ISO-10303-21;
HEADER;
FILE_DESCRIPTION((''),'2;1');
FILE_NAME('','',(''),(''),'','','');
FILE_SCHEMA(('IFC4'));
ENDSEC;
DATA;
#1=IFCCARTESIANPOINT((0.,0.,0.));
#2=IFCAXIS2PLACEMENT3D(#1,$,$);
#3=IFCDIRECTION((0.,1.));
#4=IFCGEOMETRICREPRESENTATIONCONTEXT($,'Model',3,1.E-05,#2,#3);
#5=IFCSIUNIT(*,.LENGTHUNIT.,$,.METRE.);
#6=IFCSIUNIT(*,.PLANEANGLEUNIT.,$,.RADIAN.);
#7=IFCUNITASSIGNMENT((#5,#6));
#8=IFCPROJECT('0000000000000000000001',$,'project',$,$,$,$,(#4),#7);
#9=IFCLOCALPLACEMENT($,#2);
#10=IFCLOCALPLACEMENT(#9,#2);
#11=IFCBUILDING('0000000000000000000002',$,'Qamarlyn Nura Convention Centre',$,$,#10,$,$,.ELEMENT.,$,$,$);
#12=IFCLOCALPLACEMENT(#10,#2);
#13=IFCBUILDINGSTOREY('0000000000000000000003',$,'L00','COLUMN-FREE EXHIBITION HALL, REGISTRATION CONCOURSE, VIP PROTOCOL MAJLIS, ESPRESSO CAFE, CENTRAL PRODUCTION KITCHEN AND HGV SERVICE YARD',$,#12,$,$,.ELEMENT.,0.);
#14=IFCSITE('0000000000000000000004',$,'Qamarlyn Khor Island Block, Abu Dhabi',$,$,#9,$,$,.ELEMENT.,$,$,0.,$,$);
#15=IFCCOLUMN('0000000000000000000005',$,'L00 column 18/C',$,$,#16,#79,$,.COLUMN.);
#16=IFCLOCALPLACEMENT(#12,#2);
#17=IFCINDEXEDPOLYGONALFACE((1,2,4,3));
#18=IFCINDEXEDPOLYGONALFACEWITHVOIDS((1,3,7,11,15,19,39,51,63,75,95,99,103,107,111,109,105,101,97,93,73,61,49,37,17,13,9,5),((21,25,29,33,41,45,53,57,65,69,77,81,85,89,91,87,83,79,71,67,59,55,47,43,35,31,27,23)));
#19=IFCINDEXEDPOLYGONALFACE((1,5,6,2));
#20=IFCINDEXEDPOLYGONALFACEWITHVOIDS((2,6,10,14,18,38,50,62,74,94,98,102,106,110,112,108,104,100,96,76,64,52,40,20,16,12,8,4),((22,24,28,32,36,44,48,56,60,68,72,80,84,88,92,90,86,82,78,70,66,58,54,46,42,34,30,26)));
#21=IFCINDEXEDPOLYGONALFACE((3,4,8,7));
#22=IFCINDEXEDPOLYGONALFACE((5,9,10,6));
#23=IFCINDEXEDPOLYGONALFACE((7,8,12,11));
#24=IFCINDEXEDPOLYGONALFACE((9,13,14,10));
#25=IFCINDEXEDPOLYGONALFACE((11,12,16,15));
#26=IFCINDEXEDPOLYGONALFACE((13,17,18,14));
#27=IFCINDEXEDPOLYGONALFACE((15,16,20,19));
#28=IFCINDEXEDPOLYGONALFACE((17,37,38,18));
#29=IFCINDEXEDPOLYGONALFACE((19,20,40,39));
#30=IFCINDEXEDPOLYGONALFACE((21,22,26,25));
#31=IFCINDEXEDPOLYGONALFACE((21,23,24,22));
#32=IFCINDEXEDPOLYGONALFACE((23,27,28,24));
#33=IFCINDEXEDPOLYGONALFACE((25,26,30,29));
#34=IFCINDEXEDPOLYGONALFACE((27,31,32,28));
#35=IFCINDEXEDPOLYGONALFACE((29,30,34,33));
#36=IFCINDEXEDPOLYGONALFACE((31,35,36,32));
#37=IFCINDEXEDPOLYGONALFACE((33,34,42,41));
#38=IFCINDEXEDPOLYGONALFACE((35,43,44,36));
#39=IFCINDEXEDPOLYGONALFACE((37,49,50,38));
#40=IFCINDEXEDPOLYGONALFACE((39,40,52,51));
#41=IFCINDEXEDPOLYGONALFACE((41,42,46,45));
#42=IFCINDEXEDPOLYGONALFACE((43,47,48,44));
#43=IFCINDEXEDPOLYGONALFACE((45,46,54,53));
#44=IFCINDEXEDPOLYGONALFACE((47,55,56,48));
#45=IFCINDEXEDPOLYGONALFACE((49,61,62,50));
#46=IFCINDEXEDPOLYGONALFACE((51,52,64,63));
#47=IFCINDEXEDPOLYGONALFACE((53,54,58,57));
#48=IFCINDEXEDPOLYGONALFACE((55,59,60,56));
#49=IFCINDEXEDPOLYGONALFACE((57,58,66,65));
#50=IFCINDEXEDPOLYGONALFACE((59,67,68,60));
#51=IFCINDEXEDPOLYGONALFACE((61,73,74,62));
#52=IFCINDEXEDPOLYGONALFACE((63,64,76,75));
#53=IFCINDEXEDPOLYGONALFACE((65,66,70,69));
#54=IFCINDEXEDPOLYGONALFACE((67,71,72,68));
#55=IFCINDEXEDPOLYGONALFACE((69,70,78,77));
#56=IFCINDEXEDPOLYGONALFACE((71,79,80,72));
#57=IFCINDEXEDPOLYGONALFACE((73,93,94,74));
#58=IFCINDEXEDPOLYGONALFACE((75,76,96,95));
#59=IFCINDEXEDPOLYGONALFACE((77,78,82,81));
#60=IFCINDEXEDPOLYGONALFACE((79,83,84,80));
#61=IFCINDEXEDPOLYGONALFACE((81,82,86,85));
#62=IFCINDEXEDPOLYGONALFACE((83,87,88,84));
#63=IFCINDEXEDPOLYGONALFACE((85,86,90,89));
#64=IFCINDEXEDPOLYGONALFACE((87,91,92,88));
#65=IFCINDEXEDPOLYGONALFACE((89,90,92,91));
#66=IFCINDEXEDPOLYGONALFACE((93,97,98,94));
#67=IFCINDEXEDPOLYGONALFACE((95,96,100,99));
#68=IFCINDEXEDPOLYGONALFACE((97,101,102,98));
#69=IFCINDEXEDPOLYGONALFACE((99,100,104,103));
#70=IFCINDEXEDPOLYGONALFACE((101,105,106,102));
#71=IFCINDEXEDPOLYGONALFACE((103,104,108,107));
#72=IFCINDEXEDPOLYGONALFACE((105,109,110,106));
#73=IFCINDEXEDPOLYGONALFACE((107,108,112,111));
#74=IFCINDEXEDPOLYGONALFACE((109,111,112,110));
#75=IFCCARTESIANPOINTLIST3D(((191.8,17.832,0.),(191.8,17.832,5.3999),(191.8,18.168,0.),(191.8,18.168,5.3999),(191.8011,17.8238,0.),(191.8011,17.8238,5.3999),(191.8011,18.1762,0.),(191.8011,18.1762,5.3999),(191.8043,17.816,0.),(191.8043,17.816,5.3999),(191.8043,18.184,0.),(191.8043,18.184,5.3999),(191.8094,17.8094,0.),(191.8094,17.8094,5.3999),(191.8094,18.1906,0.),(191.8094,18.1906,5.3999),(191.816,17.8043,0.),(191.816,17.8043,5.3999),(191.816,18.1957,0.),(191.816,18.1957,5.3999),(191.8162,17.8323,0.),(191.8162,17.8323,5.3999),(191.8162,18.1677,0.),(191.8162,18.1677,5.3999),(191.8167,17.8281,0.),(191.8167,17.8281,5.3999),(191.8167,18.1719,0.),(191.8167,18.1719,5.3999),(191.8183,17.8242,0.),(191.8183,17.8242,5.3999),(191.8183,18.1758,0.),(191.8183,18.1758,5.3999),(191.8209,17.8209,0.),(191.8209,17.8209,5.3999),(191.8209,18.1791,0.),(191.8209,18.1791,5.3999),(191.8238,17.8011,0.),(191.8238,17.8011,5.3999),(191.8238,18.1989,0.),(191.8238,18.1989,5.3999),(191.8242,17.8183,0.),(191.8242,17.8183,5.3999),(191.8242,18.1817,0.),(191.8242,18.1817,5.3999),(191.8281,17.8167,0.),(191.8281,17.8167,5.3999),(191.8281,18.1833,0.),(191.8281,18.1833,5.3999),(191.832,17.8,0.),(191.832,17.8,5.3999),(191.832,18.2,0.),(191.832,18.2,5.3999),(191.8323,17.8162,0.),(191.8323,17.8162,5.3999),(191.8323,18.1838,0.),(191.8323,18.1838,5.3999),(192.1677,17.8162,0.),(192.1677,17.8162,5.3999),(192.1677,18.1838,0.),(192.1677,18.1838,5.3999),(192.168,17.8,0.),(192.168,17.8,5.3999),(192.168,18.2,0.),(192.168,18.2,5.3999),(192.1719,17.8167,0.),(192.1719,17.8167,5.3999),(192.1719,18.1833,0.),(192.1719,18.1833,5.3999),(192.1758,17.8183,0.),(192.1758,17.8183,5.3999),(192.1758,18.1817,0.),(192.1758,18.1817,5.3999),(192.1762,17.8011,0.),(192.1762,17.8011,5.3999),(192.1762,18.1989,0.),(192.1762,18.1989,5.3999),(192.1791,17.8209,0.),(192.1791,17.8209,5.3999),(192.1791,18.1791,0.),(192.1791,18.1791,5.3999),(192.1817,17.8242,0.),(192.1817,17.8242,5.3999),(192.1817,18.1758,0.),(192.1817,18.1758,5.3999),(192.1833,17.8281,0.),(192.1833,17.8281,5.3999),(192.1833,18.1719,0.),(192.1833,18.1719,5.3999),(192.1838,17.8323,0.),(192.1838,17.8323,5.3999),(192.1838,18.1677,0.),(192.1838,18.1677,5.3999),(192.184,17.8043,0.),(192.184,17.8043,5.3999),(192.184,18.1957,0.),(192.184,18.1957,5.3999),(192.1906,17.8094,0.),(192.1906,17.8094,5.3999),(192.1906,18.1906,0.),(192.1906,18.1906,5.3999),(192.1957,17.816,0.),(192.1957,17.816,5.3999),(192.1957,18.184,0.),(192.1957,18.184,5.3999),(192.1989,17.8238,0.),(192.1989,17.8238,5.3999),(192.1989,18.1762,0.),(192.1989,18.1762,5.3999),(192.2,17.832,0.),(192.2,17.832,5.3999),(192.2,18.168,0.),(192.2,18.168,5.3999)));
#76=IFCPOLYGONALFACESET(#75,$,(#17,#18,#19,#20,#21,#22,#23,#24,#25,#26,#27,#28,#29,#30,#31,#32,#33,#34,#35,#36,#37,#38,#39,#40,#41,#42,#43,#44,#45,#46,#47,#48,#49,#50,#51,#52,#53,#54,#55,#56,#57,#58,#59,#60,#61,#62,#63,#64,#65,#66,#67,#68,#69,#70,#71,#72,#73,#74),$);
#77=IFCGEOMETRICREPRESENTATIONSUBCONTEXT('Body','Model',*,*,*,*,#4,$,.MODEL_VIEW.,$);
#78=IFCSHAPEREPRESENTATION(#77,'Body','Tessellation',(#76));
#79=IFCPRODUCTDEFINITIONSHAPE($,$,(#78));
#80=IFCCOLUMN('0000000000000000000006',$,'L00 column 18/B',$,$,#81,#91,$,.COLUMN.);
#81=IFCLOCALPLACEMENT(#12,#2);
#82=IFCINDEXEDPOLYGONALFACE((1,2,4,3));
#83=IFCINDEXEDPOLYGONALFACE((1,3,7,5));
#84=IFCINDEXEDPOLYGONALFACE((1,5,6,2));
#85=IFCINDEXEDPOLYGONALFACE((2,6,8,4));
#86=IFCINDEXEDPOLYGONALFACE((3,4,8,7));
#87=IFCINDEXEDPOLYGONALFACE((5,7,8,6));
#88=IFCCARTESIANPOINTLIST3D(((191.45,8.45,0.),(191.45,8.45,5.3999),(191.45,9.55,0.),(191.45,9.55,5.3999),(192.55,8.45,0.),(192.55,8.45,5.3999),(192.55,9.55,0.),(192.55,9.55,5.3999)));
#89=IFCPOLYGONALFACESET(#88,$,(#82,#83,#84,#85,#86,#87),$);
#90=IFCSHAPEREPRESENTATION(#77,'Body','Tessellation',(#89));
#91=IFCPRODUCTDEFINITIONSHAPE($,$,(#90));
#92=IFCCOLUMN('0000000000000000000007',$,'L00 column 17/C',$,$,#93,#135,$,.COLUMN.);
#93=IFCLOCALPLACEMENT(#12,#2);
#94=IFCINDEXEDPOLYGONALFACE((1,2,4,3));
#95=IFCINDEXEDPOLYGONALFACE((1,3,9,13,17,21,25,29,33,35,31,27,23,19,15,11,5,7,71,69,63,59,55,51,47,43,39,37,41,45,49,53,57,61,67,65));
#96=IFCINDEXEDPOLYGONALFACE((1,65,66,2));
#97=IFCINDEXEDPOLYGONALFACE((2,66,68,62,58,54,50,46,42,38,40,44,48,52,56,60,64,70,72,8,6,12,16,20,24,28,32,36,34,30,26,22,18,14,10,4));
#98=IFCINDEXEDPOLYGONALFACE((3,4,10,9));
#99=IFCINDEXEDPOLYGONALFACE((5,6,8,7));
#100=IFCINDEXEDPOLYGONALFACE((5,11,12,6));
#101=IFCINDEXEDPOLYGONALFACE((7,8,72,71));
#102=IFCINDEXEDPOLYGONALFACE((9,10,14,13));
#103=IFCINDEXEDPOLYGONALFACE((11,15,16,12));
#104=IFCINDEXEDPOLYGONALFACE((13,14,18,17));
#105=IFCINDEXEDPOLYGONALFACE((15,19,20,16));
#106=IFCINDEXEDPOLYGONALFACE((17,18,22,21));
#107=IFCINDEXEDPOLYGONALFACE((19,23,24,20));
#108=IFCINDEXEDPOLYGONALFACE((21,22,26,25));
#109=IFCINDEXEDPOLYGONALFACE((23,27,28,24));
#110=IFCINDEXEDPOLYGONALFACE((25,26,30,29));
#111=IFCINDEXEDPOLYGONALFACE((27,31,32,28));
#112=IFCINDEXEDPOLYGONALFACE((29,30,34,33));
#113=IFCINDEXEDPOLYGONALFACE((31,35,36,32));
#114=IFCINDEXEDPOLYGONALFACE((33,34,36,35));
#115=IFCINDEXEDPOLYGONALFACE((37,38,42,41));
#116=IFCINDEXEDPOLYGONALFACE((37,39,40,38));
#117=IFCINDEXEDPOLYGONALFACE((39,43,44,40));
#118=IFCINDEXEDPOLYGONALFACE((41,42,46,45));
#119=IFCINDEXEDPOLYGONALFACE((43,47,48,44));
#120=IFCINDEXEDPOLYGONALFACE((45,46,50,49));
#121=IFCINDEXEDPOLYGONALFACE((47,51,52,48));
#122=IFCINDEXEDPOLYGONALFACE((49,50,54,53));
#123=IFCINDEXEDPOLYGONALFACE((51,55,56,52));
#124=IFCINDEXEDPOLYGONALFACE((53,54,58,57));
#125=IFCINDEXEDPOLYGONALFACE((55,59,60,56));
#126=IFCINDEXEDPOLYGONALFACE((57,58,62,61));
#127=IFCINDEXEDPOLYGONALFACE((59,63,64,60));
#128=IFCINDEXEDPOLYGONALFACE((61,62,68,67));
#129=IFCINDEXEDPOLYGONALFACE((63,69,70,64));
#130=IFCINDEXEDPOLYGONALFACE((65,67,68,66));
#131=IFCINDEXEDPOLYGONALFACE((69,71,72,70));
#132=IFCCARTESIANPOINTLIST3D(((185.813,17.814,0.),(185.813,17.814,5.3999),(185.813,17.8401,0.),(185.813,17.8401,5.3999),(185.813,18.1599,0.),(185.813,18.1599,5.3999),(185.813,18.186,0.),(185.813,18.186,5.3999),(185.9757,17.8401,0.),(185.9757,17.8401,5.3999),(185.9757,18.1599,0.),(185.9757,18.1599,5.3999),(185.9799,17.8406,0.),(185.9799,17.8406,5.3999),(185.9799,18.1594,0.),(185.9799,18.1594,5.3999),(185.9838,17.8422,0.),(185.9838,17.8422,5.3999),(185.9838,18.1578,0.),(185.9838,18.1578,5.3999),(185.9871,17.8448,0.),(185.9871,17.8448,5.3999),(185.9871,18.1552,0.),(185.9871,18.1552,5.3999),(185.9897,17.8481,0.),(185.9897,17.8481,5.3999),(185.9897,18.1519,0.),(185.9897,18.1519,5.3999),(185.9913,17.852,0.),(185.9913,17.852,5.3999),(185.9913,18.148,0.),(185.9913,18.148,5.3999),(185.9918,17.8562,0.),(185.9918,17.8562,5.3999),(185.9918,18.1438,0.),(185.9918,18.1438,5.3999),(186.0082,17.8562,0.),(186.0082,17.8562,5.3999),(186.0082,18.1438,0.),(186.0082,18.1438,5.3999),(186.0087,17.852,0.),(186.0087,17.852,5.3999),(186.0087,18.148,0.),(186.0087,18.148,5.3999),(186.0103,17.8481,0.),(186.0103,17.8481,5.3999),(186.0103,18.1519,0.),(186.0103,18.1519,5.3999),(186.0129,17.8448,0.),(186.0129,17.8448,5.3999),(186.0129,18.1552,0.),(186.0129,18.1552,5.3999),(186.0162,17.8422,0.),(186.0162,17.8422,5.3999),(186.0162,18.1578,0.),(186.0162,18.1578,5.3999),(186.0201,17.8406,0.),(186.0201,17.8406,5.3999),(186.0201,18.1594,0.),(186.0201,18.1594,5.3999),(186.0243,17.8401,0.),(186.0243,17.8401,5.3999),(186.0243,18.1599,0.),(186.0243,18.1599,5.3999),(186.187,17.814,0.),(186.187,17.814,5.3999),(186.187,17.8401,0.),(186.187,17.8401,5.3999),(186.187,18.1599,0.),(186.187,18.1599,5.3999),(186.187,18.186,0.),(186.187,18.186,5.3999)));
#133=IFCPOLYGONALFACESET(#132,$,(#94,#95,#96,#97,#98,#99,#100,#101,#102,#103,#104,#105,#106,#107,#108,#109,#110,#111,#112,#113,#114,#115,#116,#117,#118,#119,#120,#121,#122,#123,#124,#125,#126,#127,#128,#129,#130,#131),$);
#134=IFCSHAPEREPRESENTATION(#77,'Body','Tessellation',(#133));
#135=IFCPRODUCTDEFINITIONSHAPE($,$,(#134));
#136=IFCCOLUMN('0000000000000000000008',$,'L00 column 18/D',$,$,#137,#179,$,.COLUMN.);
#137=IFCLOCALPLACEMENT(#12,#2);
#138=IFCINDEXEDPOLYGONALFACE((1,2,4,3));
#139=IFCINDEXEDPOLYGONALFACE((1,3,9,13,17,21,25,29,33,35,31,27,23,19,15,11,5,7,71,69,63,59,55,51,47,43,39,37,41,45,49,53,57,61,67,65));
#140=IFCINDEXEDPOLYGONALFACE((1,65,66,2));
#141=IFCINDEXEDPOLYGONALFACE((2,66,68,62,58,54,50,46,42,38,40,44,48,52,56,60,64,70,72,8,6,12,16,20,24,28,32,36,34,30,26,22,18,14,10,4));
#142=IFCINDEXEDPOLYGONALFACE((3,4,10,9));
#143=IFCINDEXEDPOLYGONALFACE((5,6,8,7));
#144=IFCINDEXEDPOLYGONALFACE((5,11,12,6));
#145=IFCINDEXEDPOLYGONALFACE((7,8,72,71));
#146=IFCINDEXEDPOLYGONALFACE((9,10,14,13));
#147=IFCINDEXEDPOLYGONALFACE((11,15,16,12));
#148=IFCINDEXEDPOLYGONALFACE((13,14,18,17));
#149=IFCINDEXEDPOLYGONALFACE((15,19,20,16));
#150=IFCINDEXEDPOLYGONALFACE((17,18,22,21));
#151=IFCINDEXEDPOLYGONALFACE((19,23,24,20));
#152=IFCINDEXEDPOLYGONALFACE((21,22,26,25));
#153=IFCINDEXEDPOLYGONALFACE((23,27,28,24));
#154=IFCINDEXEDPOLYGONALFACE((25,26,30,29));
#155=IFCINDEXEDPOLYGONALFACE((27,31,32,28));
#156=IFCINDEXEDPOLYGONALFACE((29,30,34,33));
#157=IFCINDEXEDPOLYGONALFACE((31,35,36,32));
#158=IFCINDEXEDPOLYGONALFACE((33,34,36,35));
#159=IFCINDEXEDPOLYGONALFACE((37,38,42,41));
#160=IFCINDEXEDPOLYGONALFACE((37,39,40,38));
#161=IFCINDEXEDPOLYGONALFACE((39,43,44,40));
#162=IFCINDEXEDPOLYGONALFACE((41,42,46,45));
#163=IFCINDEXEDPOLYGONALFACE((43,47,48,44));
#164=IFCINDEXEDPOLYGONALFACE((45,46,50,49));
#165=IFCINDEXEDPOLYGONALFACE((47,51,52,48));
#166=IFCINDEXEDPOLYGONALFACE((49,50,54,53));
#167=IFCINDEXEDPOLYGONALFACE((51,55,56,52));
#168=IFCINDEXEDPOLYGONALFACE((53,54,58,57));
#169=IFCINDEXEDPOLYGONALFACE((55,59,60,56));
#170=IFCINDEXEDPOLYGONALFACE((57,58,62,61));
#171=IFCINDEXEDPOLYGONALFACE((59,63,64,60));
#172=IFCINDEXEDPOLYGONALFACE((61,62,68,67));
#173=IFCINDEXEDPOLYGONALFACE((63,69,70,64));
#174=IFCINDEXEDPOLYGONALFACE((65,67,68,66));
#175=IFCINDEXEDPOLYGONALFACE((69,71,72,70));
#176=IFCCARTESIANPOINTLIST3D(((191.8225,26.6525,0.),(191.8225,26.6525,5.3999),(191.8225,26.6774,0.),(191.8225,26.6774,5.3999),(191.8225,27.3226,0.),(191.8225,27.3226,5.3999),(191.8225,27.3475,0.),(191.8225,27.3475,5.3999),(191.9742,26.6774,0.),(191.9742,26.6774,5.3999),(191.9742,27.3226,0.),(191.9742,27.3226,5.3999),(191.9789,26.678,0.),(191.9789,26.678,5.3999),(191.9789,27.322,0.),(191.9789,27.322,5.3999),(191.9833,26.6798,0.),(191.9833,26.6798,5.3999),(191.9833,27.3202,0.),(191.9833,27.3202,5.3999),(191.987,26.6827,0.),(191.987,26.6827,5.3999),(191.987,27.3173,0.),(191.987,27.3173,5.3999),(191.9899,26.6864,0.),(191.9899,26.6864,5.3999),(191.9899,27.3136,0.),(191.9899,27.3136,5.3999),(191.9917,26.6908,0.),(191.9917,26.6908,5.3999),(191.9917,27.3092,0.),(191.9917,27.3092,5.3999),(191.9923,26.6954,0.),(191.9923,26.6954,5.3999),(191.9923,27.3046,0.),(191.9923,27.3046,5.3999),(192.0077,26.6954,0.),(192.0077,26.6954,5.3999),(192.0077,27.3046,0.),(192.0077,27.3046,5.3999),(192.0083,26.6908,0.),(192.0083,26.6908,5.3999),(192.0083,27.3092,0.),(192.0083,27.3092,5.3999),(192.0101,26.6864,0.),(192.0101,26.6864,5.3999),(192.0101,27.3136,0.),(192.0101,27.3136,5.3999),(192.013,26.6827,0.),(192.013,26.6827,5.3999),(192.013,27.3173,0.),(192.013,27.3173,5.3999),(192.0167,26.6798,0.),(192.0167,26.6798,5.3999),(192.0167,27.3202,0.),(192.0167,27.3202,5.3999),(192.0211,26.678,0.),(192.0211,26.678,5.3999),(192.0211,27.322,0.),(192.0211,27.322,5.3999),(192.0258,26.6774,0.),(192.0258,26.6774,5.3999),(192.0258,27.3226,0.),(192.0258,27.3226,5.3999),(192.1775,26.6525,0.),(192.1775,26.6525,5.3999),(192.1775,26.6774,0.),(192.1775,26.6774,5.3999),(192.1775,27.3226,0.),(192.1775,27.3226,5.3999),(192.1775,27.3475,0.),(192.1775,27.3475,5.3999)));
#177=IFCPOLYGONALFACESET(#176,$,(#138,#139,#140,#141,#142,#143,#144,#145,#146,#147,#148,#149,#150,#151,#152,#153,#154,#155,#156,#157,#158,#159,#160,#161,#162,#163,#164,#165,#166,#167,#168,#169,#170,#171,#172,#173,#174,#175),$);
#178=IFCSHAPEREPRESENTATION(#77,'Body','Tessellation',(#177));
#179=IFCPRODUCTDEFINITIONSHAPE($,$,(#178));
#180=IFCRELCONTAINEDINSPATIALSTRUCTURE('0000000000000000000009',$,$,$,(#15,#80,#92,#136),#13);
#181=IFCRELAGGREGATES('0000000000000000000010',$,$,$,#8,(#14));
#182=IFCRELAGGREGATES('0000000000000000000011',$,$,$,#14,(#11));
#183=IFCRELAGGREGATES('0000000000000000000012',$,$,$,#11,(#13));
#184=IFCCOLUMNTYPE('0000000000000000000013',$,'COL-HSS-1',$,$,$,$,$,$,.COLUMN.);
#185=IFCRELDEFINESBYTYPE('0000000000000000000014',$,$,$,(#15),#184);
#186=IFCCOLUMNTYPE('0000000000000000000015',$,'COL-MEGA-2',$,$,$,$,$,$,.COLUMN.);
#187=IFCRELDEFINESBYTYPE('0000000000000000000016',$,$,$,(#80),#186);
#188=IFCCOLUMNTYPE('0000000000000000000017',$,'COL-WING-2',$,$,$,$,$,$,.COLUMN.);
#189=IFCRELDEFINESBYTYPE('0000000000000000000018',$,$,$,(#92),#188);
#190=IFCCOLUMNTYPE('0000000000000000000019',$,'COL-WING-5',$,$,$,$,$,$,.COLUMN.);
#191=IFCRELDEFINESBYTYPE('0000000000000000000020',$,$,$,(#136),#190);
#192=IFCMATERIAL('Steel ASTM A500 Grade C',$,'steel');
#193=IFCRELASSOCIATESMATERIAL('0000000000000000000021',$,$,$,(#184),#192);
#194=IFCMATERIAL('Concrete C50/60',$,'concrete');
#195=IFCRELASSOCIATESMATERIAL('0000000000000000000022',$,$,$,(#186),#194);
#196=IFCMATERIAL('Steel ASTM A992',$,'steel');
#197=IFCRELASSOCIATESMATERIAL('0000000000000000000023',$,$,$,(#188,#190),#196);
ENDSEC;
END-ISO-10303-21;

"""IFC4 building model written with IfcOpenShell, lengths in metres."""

from ifc_helpers import new_model, si_unit, direction, frame, origin, origin_2d, place, context, subcontext, project, spatial, rectangle, hollow_rectangle, i_section, extrude, material, material_profile, profile_set, type_object, element, save


model = new_model("IFC4")

# Units and contexts
model_context = context("Model", 3, precision=1e-05, world=origin(), true_north=direction((0.0, 1.0)))
body_context = subcontext(model_context, "Body", "Model", "MODEL_VIEW")
ifc_project = project(units=[si_unit("LENGTHUNIT", "METRE"), si_unit("PLANEANGLEUNIT", "RADIAN")], contexts=[model_context])

# Site, building, storey
site_placement = place(None, origin())
site = spatial("IfcSite", under=ifc_project, at=site_placement, Name="Qamarlyn Khor Island Block, Abu Dhabi", CompositionType="ELEMENT", RefElevation=0.0)
building_placement = place(site_placement, origin())
building = spatial("IfcBuilding", under=site, at=building_placement, Name="Qamarlyn Nura Convention Centre", CompositionType="ELEMENT")
storey_placement = place(building_placement, origin())
storey = spatial("IfcBuildingStorey", under=building, at=storey_placement, Name="L00", Description="COLUMN-FREE EXHIBITION HALL, REGISTRATION CONCOURSE, VIP PROTOCOL MAJLIS, ESPRESSO CAFE, CENTRAL PRODUCTION KITCHEN AND HGV SERVICE YARD", CompositionType="ELEMENT", Elevation=0.0)

# Columns
ifc_material_1 = material(Name="Steel ASTM A500 Grade C", Category="steel")
ifc_material_profile_1 = material_profile(ifc_material_1, hollow_rectangle(XDim=0.3999, YDim=0.3999, WallThickness=0.0161, InnerFilletRadius=0.0161, OuterFilletRadius=0.032, at=origin_2d()), Name="HSS400X400X16")
ifc_profile_set_1 = profile_set([ifc_material_profile_1], Name="Steel ASTM A500 Grade C")
column_type_1 = type_object("IfcColumnType", Name="COL-HSS-1", PredefinedType="COLUMN", material=ifc_profile_set_1)
column_1_placement = place(storey_placement, frame((192.0, 18.0, 0.0), z_axis=(0.0, 0.0, 1.0), x_axis=(1.0, 0.0, 0.0)))
element("IfcColumn", 1, at=column_1_placement, inside=storey, type_object=column_type_1, Name="L00 column 18/C", PredefinedType="COLUMN", context=body_context, shape_type="SweptSolid", body=[
    extrude(hollow_rectangle(XDim=0.3999, YDim=0.3999, WallThickness=0.0161, InnerFilletRadius=0.0161, OuterFilletRadius=0.032, at=origin_2d()), origin(), (0.0, 0.0, 1.0), 5.3999),
])
ifc_material_2 = material(Name="Concrete C50/60", Category="concrete")
ifc_material_profile_2 = material_profile(ifc_material_2, rectangle(XDim=1.1001, YDim=1.1001, at=origin_2d()), Name="RC 1100x1100")
ifc_profile_set_2 = profile_set([ifc_material_profile_2], Name="Concrete C50/60")
column_type_2 = type_object("IfcColumnType", Name="COL-MEGA-2", PredefinedType="COLUMN", material=ifc_profile_set_2)
column_2_placement = place(storey_placement, frame((192.0, 9.0, 0.0), z_axis=(0.0, 0.0, 1.0), x_axis=(1.0, 0.0, 0.0)))
element("IfcColumn", 2, at=column_2_placement, inside=storey, type_object=column_type_2, Name="L00 column 18/B", PredefinedType="COLUMN", context=body_context, shape_type="SweptSolid", body=[
    extrude(rectangle(XDim=1.1001, YDim=1.1001, at=origin_2d()), origin(), (0.0, 0.0, 1.0), 5.3999),
])
ifc_material_3 = material(Name="Steel ASTM A992", Category="steel")
ifc_material_profile_3 = material_profile(ifc_material_3, i_section(OverallWidth=0.374, OverallDepth=0.3721, WebThickness=0.0164, FlangeThickness=0.0261, FilletRadius=0.0161, at=origin_2d()), Name="W360X196")
ifc_profile_set_3 = profile_set([ifc_material_profile_3], Name="Steel ASTM A992")
column_type_3 = type_object("IfcColumnType", Name="COL-WING-2", PredefinedType="COLUMN", material=ifc_profile_set_3)
column_3_placement = place(storey_placement, frame((186.0, 18.0, 0.0), z_axis=(0.0, 0.0, 1.0), x_axis=(1.0, 0.0, 0.0)))
element("IfcColumn", 3, at=column_3_placement, inside=storey, type_object=column_type_3, Name="L00 column 17/C", PredefinedType="COLUMN", context=body_context, shape_type="SweptSolid", body=[
    extrude(i_section(OverallWidth=0.374, OverallDepth=0.3721, WebThickness=0.0164, FlangeThickness=0.0261, FilletRadius=0.0161, at=origin_2d()), origin(), (0.0, 0.0, 1.0), 5.3999),
])
ifc_material_profile_4 = material_profile(ifc_material_3, i_section(OverallWidth=0.355, OverallDepth=0.6951, WebThickness=0.0154, FlangeThickness=0.0249, FilletRadius=0.0181, at=origin_2d()), Name="W690X217")
ifc_profile_set_4 = profile_set([ifc_material_profile_4], Name="Steel ASTM A992")
column_type_4 = type_object("IfcColumnType", Name="COL-WING-5", PredefinedType="COLUMN", material=ifc_profile_set_4)
column_4_placement = place(storey_placement, frame((192.0, 27.0, 0.0), z_axis=(0.0, 0.0, 1.0), x_axis=(1.0, 0.0, 0.0)))
element("IfcColumn", 4, at=column_4_placement, inside=storey, type_object=column_type_4, Name="L00 column 18/D", PredefinedType="COLUMN", context=body_context, shape_type="SweptSolid", body=[
    extrude(i_section(OverallWidth=0.355, OverallDepth=0.6951, WebThickness=0.0154, FlangeThickness=0.0249, FilletRadius=0.0181, at=origin_2d()), origin(), (0.0, 0.0, 1.0), 5.3999),
])

save(model, "model.ifc")
